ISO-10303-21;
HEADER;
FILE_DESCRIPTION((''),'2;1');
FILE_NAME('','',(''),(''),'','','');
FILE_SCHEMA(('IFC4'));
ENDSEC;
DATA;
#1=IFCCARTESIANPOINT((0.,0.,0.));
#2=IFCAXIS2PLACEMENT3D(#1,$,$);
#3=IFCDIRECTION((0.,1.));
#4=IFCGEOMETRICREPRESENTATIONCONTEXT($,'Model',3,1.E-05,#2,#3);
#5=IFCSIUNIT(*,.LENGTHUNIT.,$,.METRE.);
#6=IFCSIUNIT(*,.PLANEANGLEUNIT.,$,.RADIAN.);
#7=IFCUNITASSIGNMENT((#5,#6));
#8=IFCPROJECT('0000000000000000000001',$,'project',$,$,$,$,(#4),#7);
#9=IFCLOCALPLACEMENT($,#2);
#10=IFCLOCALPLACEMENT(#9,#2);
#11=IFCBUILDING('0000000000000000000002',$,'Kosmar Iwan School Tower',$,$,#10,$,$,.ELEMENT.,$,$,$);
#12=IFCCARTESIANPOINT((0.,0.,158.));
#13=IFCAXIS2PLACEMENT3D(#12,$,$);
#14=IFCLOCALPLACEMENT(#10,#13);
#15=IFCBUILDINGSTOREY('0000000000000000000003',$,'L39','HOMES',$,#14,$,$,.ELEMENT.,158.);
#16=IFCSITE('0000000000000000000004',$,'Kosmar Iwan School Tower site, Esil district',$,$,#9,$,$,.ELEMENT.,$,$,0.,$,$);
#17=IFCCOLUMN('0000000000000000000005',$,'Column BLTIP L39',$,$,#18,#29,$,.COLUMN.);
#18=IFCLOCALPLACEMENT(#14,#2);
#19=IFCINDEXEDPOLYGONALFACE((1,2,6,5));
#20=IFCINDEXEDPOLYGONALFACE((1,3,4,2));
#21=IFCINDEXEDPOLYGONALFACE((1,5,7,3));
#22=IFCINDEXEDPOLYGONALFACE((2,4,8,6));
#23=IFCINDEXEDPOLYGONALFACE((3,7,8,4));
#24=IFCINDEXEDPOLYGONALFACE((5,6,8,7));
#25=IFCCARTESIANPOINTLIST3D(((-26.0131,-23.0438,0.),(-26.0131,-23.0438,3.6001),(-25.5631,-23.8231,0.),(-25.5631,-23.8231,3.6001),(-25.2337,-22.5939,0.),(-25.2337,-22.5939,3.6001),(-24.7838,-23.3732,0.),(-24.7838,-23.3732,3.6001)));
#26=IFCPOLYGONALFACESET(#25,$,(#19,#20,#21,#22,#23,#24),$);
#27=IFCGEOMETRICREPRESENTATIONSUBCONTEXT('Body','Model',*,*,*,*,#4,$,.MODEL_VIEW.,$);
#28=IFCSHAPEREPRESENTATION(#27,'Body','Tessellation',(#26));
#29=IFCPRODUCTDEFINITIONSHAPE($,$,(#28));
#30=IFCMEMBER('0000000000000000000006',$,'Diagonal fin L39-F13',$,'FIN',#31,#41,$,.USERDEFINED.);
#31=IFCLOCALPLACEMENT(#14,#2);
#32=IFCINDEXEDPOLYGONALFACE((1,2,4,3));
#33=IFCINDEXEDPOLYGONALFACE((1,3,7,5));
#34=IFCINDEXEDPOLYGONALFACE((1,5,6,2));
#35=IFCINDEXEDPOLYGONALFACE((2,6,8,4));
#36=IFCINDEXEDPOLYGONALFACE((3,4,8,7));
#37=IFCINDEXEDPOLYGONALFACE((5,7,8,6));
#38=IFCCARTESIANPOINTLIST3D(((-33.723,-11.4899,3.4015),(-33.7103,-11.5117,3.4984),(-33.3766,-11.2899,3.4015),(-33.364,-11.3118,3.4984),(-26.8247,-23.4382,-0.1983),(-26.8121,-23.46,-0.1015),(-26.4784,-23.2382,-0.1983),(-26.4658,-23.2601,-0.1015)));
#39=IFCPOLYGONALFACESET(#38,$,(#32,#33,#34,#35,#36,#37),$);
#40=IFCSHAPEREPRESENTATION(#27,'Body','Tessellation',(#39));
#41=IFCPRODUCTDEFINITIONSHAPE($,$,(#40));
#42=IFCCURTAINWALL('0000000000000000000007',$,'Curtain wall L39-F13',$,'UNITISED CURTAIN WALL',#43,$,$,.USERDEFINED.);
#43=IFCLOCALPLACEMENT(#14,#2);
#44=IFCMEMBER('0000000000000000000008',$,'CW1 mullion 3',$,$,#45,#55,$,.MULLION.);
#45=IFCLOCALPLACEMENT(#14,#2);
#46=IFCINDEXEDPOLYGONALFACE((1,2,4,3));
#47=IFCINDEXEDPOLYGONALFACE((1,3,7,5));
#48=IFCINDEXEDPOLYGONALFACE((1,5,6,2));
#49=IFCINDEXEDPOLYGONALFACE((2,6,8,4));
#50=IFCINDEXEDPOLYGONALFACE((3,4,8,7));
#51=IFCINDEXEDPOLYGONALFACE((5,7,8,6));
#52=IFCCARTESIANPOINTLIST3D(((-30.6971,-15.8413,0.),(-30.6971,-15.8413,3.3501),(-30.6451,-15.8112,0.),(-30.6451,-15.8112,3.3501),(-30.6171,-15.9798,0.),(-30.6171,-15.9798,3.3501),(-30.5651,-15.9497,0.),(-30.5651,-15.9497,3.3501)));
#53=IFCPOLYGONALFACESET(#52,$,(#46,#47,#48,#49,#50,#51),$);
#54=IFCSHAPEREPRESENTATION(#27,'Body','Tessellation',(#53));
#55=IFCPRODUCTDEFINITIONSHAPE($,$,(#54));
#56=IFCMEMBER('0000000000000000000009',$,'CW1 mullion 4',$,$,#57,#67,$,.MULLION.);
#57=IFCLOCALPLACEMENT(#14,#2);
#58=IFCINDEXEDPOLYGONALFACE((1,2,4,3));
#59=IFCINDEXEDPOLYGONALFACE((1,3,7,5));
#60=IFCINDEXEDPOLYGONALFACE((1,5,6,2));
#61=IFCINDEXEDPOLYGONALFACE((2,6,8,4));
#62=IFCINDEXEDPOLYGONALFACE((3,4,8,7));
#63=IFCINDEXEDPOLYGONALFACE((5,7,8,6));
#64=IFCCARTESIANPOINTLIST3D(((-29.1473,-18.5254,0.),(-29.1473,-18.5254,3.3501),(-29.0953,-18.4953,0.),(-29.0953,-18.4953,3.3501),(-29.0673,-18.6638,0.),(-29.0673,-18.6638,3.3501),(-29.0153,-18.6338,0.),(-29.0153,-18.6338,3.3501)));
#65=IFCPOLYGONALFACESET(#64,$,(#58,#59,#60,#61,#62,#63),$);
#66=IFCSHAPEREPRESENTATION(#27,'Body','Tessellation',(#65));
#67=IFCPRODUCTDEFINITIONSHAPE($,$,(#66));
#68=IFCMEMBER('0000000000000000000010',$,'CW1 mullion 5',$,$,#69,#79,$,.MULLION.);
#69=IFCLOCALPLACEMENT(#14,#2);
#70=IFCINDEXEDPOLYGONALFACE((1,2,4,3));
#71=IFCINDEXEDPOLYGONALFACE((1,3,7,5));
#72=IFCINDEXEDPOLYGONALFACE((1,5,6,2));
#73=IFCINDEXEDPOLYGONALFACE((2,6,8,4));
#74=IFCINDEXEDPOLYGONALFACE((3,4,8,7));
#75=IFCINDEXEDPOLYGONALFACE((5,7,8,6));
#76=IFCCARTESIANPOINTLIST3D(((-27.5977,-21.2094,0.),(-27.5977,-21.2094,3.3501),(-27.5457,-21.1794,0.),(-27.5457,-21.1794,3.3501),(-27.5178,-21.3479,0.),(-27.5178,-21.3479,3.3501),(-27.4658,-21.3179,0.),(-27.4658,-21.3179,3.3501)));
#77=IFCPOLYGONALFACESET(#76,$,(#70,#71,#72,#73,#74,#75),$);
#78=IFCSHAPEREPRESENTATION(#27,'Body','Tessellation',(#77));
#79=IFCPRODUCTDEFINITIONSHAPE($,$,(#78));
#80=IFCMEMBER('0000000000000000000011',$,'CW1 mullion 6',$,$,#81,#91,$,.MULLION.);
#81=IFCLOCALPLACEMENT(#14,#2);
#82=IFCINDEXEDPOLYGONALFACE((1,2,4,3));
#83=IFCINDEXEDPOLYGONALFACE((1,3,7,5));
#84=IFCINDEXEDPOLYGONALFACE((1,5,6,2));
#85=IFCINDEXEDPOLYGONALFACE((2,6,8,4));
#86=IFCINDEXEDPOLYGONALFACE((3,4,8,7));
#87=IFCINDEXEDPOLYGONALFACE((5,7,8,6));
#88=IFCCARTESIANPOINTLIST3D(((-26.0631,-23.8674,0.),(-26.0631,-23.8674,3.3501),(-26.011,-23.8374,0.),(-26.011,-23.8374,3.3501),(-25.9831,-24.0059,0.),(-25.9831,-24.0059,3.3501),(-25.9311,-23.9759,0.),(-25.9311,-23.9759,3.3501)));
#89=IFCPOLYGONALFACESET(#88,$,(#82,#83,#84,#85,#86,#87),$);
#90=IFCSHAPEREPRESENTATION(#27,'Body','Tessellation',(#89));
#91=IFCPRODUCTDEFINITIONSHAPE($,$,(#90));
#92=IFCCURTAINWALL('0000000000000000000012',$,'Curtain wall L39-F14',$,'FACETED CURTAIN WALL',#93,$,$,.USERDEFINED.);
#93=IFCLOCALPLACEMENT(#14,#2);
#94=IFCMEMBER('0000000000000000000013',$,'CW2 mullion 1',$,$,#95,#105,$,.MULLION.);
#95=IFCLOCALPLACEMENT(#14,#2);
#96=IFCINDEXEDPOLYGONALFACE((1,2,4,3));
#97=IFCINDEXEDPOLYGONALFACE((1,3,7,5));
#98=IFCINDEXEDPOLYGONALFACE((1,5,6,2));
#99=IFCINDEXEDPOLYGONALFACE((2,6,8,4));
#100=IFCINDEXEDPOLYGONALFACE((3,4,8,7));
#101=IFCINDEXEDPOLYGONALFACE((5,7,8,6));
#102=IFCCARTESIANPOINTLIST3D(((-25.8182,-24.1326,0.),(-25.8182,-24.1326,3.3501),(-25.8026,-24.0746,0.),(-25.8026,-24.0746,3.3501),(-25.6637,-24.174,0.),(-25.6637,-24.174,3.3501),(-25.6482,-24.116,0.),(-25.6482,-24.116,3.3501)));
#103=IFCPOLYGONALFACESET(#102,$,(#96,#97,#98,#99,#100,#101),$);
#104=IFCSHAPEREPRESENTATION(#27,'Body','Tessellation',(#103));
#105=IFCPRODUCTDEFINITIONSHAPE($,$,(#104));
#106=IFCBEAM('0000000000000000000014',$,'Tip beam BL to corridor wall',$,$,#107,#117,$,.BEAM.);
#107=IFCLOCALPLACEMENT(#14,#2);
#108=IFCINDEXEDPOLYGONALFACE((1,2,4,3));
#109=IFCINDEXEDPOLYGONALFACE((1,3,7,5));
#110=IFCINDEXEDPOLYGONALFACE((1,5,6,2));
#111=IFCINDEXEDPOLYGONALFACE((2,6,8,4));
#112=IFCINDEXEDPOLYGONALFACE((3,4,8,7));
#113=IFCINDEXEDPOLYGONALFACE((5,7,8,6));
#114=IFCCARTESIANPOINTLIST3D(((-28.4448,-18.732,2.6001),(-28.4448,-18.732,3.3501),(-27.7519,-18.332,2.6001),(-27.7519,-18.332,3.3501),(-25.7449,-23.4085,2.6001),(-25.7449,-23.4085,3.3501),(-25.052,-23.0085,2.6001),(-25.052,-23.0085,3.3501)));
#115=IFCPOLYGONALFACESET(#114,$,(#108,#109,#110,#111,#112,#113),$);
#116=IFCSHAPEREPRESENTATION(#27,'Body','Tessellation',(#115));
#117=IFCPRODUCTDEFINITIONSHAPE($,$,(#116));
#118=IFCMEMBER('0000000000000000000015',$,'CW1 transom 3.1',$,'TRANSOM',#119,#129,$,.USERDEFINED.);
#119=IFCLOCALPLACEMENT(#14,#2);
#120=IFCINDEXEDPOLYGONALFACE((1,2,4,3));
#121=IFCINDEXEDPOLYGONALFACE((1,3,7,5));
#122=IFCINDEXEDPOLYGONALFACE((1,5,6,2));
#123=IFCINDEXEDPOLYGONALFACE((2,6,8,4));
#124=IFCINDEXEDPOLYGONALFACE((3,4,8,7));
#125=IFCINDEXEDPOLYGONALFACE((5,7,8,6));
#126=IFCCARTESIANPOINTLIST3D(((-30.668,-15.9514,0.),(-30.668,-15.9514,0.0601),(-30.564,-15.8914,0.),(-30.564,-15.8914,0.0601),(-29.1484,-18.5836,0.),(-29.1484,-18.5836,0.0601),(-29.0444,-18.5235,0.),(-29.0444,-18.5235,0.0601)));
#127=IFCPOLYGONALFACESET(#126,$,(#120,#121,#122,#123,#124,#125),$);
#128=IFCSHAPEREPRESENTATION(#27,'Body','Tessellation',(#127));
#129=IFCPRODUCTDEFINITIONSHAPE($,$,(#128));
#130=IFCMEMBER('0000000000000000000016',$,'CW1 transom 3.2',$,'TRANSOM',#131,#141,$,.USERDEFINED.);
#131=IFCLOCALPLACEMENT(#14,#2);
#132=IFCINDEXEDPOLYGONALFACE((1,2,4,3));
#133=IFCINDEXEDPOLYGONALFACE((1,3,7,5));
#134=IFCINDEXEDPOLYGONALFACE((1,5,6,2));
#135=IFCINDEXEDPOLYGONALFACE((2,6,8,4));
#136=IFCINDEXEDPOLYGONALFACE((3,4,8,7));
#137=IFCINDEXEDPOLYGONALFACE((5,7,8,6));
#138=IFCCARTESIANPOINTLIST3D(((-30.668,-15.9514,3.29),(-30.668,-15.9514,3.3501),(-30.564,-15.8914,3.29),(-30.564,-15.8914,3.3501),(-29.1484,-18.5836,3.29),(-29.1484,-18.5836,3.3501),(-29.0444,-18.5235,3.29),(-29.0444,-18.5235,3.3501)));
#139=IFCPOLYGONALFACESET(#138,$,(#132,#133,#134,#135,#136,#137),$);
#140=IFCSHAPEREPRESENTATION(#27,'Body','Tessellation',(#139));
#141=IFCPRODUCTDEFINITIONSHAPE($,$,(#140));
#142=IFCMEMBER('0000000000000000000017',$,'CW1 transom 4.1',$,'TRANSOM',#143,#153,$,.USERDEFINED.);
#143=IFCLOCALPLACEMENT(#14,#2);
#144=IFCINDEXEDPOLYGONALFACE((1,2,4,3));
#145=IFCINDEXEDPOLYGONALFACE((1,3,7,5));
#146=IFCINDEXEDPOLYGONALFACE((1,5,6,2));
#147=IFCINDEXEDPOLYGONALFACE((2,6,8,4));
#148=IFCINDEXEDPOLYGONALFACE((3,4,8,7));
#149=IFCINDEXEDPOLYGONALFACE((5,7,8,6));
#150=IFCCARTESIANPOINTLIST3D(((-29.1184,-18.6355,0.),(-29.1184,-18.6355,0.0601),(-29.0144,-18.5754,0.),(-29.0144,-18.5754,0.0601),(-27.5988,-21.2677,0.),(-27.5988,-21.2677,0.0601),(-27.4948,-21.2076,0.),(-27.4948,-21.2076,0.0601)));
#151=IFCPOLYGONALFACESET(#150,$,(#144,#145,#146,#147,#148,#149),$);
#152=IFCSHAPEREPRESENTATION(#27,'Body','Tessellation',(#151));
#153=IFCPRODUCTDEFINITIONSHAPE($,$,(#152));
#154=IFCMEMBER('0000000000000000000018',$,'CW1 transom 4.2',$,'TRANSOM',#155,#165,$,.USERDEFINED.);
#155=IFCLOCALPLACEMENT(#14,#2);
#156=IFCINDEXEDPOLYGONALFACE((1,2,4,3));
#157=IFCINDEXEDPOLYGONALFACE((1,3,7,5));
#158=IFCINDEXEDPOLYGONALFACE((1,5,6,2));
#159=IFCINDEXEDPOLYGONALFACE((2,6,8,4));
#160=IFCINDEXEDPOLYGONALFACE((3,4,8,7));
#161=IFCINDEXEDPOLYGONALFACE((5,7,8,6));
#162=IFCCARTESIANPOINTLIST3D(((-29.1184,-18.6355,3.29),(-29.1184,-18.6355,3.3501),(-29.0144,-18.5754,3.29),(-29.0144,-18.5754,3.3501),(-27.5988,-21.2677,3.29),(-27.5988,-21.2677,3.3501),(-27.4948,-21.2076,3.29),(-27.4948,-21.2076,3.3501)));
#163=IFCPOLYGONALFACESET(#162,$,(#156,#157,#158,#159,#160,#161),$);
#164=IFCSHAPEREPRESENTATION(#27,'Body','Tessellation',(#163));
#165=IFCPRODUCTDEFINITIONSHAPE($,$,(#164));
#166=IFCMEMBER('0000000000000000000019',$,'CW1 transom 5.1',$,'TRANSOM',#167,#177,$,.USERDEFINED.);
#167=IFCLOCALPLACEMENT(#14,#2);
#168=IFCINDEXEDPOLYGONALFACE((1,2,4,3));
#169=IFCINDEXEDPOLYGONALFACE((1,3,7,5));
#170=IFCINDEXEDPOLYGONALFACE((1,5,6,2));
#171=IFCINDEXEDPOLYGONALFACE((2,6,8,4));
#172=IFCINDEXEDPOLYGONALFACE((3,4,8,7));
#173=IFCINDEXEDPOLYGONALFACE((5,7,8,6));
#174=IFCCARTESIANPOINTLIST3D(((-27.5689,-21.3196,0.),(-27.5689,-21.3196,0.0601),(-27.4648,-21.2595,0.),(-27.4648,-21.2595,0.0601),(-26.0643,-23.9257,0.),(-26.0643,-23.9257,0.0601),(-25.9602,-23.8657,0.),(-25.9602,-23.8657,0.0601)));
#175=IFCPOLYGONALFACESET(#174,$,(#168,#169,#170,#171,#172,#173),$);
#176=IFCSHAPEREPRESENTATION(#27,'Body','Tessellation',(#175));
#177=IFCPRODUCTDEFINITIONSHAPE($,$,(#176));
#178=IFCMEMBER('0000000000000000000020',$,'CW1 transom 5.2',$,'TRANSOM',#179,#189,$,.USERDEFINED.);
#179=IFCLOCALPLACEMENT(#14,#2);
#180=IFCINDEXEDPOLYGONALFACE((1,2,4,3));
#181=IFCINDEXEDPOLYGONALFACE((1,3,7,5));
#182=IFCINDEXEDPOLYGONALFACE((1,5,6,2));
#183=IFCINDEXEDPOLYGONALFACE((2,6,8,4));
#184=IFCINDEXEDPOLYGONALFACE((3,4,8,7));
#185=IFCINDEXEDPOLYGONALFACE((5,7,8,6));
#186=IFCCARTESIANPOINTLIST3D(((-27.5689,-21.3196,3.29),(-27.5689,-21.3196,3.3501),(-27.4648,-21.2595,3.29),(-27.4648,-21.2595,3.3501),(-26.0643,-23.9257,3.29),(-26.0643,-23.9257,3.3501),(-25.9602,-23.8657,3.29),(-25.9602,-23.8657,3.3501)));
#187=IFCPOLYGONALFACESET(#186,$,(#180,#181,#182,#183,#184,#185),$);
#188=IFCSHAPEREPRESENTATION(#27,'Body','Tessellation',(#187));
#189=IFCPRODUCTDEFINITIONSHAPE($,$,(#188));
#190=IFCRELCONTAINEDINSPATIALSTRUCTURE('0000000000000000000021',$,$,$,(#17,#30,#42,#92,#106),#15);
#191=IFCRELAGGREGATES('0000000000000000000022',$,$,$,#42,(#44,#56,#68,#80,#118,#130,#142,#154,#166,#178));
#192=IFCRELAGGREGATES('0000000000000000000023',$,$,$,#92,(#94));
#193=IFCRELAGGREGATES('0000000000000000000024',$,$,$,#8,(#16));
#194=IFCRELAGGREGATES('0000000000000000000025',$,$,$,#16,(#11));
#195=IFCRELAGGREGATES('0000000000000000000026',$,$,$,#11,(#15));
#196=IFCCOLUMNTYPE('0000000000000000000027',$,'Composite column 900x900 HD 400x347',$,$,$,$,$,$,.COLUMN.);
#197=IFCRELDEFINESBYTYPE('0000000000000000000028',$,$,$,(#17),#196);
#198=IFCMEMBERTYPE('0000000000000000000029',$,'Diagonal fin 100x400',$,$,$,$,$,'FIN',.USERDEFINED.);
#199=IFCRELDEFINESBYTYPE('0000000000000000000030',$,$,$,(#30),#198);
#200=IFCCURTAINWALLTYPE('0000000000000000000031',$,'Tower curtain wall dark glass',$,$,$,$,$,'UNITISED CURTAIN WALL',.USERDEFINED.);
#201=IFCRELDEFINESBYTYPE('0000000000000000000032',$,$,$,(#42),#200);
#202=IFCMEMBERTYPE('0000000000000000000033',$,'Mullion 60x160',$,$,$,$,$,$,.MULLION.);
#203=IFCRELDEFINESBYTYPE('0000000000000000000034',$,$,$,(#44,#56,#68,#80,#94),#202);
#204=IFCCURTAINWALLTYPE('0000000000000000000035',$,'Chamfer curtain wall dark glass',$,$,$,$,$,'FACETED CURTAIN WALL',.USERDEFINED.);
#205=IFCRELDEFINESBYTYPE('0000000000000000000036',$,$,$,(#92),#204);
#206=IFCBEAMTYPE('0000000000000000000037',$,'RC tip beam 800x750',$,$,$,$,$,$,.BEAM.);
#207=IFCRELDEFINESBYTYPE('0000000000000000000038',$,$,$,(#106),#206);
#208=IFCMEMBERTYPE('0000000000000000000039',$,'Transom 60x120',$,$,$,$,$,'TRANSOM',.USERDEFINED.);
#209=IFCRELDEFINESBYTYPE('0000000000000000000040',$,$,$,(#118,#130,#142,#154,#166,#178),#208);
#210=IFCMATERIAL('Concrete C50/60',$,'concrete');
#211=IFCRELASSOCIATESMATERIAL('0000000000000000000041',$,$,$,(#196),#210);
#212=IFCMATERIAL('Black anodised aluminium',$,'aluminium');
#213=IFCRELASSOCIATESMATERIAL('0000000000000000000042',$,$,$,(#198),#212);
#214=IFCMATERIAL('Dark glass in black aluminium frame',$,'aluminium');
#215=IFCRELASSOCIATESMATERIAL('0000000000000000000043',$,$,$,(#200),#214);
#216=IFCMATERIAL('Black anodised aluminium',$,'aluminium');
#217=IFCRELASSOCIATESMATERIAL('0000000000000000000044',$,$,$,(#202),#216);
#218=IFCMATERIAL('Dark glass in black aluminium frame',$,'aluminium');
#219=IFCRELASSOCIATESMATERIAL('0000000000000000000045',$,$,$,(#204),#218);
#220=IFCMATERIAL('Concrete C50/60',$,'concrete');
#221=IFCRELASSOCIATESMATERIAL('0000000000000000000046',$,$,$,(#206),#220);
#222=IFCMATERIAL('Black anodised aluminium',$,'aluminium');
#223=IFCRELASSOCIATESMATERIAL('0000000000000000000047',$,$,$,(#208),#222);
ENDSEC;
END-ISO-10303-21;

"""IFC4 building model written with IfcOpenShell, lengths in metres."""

from ifc_helpers import new_model, si_unit, direction, frame, origin, origin_2d, place, context, subcontext, project, spatial, rectangle, extrude, material, material_profile, profile_set, type_object, element, aggregate, save


model = new_model("IFC4")

# Units and contexts
model_context = context("Model", 3, precision=1e-05, world=origin(), true_north=direction((0.0, 1.0)))
body_context = subcontext(model_context, "Body", "Model", "MODEL_VIEW")
ifc_project = project(units=[si_unit("LENGTHUNIT", "METRE"), si_unit("PLANEANGLEUNIT", "RADIAN")], contexts=[model_context])

# Site, building, storey
site_placement = place(None, origin())
site = spatial("IfcSite", under=ifc_project, at=site_placement, Name="Kosmar Iwan School Tower site, Esil district", CompositionType="ELEMENT", RefElevation=0.0)
building_placement = place(site_placement, origin())
building = spatial("IfcBuilding", under=site, at=building_placement, Name="Kosmar Iwan School Tower", CompositionType="ELEMENT")
storey_placement = place(building_placement, frame((0.0, 0.0, 158.0)))
storey = spatial("IfcBuildingStorey", under=building, at=storey_placement, Name="L39", Description="HOMES", CompositionType="ELEMENT", Elevation=158.0)

# Column
ifc_material_1 = material(Name="Concrete C50/60", Category="concrete")
ifc_material_profile_1 = material_profile(ifc_material_1, rectangle(XDim=0.8999, YDim=0.8999, at=origin_2d()), Name="RC 900x900 + HD 400x347")
ifc_profile_set_1 = profile_set([ifc_material_profile_1], Name="Concrete C50/60")
column_type = type_object("IfcColumnType", Name="Composite column 900x900 HD 400x347", PredefinedType="COLUMN", material=ifc_profile_set_1)
column_placement = place(storey_placement, frame((-25.3984, -23.2085, 0.0), z_axis=(0.0, 0.0, 1.0), x_axis=(-0.866025, -0.5, 0.0)))
element("IfcColumn", 1, at=column_placement, inside=storey, type_object=column_type, Name="Column BLTIP L39", PredefinedType="COLUMN", context=body_context, shape_type="SweptSolid", body=[
    extrude(rectangle(XDim=0.8999, YDim=0.8999, at=origin_2d()), origin(), (0.0, 0.0, 1.0), 3.6001),
])

# Member
ifc_material_2 = material(Name="Black anodised aluminium", Category="aluminium")
ifc_material_profile_2 = material_profile(ifc_material_2, rectangle(XDim=0.1001, YDim=0.3999, at=origin_2d()), Name="FIN 100x400")
ifc_profile_set_2 = profile_set([ifc_material_profile_2], Name="Black anodised aluminium")
member_type_1 = type_object("IfcMemberType", Name="Diagonal fin 100x400", ElementType="FIN", PredefinedType="USERDEFINED", material=ifc_profile_set_2)
member_1_placement = place(storey_placement, frame((-26.6453, -23.3491, -0.1499), z_axis=(-0.483796, 0.837974, 0.252471), x_axis=(0.126234, -0.218647, 0.967604)))
element("IfcMember", 2, at=member_1_placement, inside=storey, type_object=member_type_1, Name="Diagonal fin L39-F13", ObjectType="FIN", PredefinedType="USERDEFINED", context=body_context, shape_type="SweptSolid", body=[
    extrude(rectangle(XDim=0.1001, YDim=0.3999, at=origin_2d()), origin(), (0.0, 0.0, 1.0), 14.2585),
])

# Curtain wall, members
ifc_material_3 = material(Name="Dark glass in black aluminium frame", Category="aluminium")
curtain_wall_type_1 = type_object("IfcCurtainWallType", Name="Tower curtain wall dark glass", ElementType="UNITISED CURTAIN WALL", PredefinedType="USERDEFINED", material=ifc_material_3)
curtain_wall_1_placement = place(storey_placement, origin())
curtain_wall_1 = element("IfcCurtainWall", 3, at=curtain_wall_1_placement, inside=storey, type_object=curtain_wall_type_1, Name="Curtain wall L39-F13", ObjectType="UNITISED CURTAIN WALL", PredefinedType="USERDEFINED")
ifc_material_4 = material(Name="Black anodised aluminium", Category="aluminium")
ifc_material_profile_3 = material_profile(ifc_material_4, rectangle(XDim=0.0601, YDim=0.1599, at=origin_2d()), Name="MULLION 60x160")
ifc_profile_set_3 = profile_set([ifc_material_profile_3], Name="Black anodised aluminium")
member_type_2 = type_object("IfcMemberType", Name="Mullion 60x160", PredefinedType="MULLION", material=ifc_profile_set_3)
member_2_placement = place(storey_placement, frame((-30.6311, -15.8955, 0.0), z_axis=(0.0, 0.0, 1.0), x_axis=(0.866025, 0.5, 0.0)))
member_2 = element("IfcMember", 4, at=member_2_placement, type_object=member_type_2, Name="CW1 mullion 3", PredefinedType="MULLION", context=body_context, shape_type="SweptSolid", body=[
    extrude(rectangle(XDim=0.0601, YDim=0.1599, at=origin_2d()), origin(), (0.0, 0.0, 1.0), 3.3501),
])
member_3_placement = place(storey_placement, frame((-29.0813, -18.5796, 0.0), z_axis=(0.0, 0.0, 1.0), x_axis=(0.866025, 0.5, 0.0)))
member_3 = element("IfcMember", 5, at=member_3_placement, type_object=member_type_2, Name="CW1 mullion 4", PredefinedType="MULLION", context=body_context, shape_type="SweptSolid", body=[
    extrude(rectangle(XDim=0.0601, YDim=0.1599, at=origin_2d()), origin(), (0.0, 0.0, 1.0), 3.3501),
])
member_4_placement = place(storey_placement, frame((-27.5317, -21.2637, 0.0), z_axis=(0.0, 0.0, 1.0), x_axis=(0.866025, 0.5, 0.0)))
member_4 = element("IfcMember", 6, at=member_4_placement, type_object=member_type_2, Name="CW1 mullion 5", PredefinedType="MULLION", context=body_context, shape_type="SweptSolid", body=[
    extrude(rectangle(XDim=0.0601, YDim=0.1599, at=origin_2d()), origin(), (0.0, 0.0, 1.0), 3.3501),
])
member_5_placement = place(storey_placement, frame((-25.9971, -23.9216, 0.0), z_axis=(0.0, 0.0, 1.0), x_axis=(0.866025, 0.5, 0.0)))
member_5 = element("IfcMember", 7, at=member_5_placement, type_object=member_type_2, Name="CW1 mullion 6", PredefinedType="MULLION", context=body_context, shape_type="SweptSolid", body=[
    extrude(rectangle(XDim=0.0601, YDim=0.1599, at=origin_2d()), origin(), (0.0, 0.0, 1.0), 3.3501),
])

# Curtain wall, member
ifc_material_5 = material(Name="Dark glass in black aluminium frame", Category="aluminium")
curtain_wall_type_2 = type_object("IfcCurtainWallType", Name="Chamfer curtain wall dark glass", ElementType="FACETED CURTAIN WALL", PredefinedType="USERDEFINED", material=ifc_material_5)
curtain_wall_2_placement = place(storey_placement, origin())
curtain_wall_2 = element("IfcCurtainWall", 8, at=curtain_wall_2_placement, inside=storey, type_object=curtain_wall_type_2, Name="Curtain wall L39-F14", ObjectType="FACETED CURTAIN WALL", PredefinedType="USERDEFINED")
member_6_placement = place(storey_placement, frame((-25.7332, -24.1243, 0.0), z_axis=(0.0, 0.0, 1.0), x_axis=(0.258819, 0.965926, 0.0)))
member_6 = element("IfcMember", 9, at=member_6_placement, type_object=member_type_2, Name="CW2 mullion 1", PredefinedType="MULLION", context=body_context, shape_type="SweptSolid", body=[
    extrude(rectangle(XDim=0.0601, YDim=0.1599, at=origin_2d()), origin(), (0.0, 0.0, 1.0), 3.3501),
])

# Beam
ifc_material_6 = material(Name="Concrete C50/60", Category="concrete")
ifc_material_profile_4 = material_profile(ifc_material_6, rectangle(XDim=0.8, YDim=0.75, at=origin_2d()), Name="RC 800x750")
ifc_profile_set_4 = profile_set([ifc_material_profile_4], Name="Concrete C50/60")
beam_type = type_object("IfcBeamType", Name="RC tip beam 800x750", PredefinedType="BEAM", material=ifc_profile_set_4)
beam_placement = place(storey_placement, frame((-25.3984, -23.2085, 2.9751), z_axis=(-0.499995, 0.866028, 0.0), x_axis=(-0.866028, -0.499995, 0.0)))
element("IfcBeam", 10, at=beam_placement, inside=storey, type_object=beam_type, Name="Tip beam BL to corridor wall", PredefinedType="BEAM", context=body_context, shape_type="SweptSolid", body=[
    extrude(rectangle(XDim=0.8, YDim=0.75, at=origin_2d()), origin(), (0.0, 0.0, 1.0), 5.3999),
])

# Members
ifc_material_7 = material(Name="Black anodised aluminium", Category="aluminium")
ifc_material_profile_5 = material_profile(ifc_material_7, rectangle(XDim=0.1201, YDim=0.0601, at=origin_2d()), Name="TRANSOM 60x120")
ifc_profile_set_5 = profile_set([ifc_material_profile_5], Name="Black anodised aluminium")
member_type_3 = type_object("IfcMemberType", Name="Transom 60x120", ElementType="TRANSOM", PredefinedType="USERDEFINED", material=ifc_profile_set_5)
member_7_placement = place(storey_placement, frame((-30.616, -15.9214, 0.03), z_axis=(0.499975, -0.86604, 0.0), x_axis=(0.86604, 0.499975, 0.0)))
member_7 = element("IfcMember", 11, at=member_7_placement, type_object=member_type_3, Name="CW1 transom 3.1", ObjectType="TRANSOM", PredefinedType="USERDEFINED", context=body_context, shape_type="SweptSolid", body=[
    extrude(rectangle(XDim=0.1201, YDim=0.0601, at=origin_2d()), origin(), (0.0, 0.0, 1.0), 3.0393),
])
member_8_placement = place(storey_placement, frame((-30.616, -15.9214, 3.3201), z_axis=(0.499975, -0.86604, 0.0), x_axis=(0.86604, 0.499975, 0.0)))
member_8 = element("IfcMember", 12, at=member_8_placement, type_object=member_type_3, Name="CW1 transom 3.2", ObjectType="TRANSOM", PredefinedType="USERDEFINED", context=body_context, shape_type="SweptSolid", body=[
    extrude(rectangle(XDim=0.1201, YDim=0.0601, at=origin_2d()), origin(), (0.0, 0.0, 1.0), 3.0393),
])
member_9_placement = place(storey_placement, frame((-29.0664, -18.6055, 0.03), z_axis=(0.499975, -0.86604, 0.0), x_axis=(0.86604, 0.499975, 0.0)))
member_9 = element("IfcMember", 13, at=member_9_placement, type_object=member_type_3, Name="CW1 transom 4.1", ObjectType="TRANSOM", PredefinedType="USERDEFINED", context=body_context, shape_type="SweptSolid", body=[
    extrude(rectangle(XDim=0.1201, YDim=0.0601, at=origin_2d()), origin(), (0.0, 0.0, 1.0), 3.0393),
])
member_10_placement = place(storey_placement, frame((-29.0664, -18.6055, 3.3201), z_axis=(0.499975, -0.86604, 0.0), x_axis=(0.86604, 0.499975, 0.0)))
member_10 = element("IfcMember", 14, at=member_10_placement, type_object=member_type_3, Name="CW1 transom 4.2", ObjectType="TRANSOM", PredefinedType="USERDEFINED", context=body_context, shape_type="SweptSolid", body=[
    extrude(rectangle(XDim=0.1201, YDim=0.0601, at=origin_2d()), origin(), (0.0, 0.0, 1.0), 3.0393),
])
member_11_placement = place(storey_placement, frame((-27.5168, -21.2896, 0.03), z_axis=(0.499987, -0.866033, 0.0), x_axis=(0.866033, 0.499987, 0.0)))
member_11 = element("IfcMember", 15, at=member_11_placement, type_object=member_type_3, Name="CW1 transom 5.1", ObjectType="TRANSOM", PredefinedType="USERDEFINED", context=body_context, shape_type="SweptSolid", body=[
    extrude(rectangle(XDim=0.1201, YDim=0.0601, at=origin_2d()), origin(), (0.0, 0.0, 1.0), 3.0093),
])
member_12_placement = place(storey_placement, frame((-27.5168, -21.2896, 3.3201), z_axis=(0.499987, -0.866033, 0.0), x_axis=(0.866033, 0.499987, 0.0)))
member_12 = element("IfcMember", 16, at=member_12_placement, type_object=member_type_3, Name="CW1 transom 5.2", ObjectType="TRANSOM", PredefinedType="USERDEFINED", context=body_context, shape_type="SweptSolid", body=[
    extrude(rectangle(XDim=0.1201, YDim=0.0601, at=origin_2d()), origin(), (0.0, 0.0, 1.0), 3.0093),
])

aggregate(curtain_wall_1, [member_2, member_3, member_4, member_5, member_7, member_8, member_9, member_10, member_11, member_12])
aggregate(curtain_wall_2, [member_6])

save(model, "model.ifc")
